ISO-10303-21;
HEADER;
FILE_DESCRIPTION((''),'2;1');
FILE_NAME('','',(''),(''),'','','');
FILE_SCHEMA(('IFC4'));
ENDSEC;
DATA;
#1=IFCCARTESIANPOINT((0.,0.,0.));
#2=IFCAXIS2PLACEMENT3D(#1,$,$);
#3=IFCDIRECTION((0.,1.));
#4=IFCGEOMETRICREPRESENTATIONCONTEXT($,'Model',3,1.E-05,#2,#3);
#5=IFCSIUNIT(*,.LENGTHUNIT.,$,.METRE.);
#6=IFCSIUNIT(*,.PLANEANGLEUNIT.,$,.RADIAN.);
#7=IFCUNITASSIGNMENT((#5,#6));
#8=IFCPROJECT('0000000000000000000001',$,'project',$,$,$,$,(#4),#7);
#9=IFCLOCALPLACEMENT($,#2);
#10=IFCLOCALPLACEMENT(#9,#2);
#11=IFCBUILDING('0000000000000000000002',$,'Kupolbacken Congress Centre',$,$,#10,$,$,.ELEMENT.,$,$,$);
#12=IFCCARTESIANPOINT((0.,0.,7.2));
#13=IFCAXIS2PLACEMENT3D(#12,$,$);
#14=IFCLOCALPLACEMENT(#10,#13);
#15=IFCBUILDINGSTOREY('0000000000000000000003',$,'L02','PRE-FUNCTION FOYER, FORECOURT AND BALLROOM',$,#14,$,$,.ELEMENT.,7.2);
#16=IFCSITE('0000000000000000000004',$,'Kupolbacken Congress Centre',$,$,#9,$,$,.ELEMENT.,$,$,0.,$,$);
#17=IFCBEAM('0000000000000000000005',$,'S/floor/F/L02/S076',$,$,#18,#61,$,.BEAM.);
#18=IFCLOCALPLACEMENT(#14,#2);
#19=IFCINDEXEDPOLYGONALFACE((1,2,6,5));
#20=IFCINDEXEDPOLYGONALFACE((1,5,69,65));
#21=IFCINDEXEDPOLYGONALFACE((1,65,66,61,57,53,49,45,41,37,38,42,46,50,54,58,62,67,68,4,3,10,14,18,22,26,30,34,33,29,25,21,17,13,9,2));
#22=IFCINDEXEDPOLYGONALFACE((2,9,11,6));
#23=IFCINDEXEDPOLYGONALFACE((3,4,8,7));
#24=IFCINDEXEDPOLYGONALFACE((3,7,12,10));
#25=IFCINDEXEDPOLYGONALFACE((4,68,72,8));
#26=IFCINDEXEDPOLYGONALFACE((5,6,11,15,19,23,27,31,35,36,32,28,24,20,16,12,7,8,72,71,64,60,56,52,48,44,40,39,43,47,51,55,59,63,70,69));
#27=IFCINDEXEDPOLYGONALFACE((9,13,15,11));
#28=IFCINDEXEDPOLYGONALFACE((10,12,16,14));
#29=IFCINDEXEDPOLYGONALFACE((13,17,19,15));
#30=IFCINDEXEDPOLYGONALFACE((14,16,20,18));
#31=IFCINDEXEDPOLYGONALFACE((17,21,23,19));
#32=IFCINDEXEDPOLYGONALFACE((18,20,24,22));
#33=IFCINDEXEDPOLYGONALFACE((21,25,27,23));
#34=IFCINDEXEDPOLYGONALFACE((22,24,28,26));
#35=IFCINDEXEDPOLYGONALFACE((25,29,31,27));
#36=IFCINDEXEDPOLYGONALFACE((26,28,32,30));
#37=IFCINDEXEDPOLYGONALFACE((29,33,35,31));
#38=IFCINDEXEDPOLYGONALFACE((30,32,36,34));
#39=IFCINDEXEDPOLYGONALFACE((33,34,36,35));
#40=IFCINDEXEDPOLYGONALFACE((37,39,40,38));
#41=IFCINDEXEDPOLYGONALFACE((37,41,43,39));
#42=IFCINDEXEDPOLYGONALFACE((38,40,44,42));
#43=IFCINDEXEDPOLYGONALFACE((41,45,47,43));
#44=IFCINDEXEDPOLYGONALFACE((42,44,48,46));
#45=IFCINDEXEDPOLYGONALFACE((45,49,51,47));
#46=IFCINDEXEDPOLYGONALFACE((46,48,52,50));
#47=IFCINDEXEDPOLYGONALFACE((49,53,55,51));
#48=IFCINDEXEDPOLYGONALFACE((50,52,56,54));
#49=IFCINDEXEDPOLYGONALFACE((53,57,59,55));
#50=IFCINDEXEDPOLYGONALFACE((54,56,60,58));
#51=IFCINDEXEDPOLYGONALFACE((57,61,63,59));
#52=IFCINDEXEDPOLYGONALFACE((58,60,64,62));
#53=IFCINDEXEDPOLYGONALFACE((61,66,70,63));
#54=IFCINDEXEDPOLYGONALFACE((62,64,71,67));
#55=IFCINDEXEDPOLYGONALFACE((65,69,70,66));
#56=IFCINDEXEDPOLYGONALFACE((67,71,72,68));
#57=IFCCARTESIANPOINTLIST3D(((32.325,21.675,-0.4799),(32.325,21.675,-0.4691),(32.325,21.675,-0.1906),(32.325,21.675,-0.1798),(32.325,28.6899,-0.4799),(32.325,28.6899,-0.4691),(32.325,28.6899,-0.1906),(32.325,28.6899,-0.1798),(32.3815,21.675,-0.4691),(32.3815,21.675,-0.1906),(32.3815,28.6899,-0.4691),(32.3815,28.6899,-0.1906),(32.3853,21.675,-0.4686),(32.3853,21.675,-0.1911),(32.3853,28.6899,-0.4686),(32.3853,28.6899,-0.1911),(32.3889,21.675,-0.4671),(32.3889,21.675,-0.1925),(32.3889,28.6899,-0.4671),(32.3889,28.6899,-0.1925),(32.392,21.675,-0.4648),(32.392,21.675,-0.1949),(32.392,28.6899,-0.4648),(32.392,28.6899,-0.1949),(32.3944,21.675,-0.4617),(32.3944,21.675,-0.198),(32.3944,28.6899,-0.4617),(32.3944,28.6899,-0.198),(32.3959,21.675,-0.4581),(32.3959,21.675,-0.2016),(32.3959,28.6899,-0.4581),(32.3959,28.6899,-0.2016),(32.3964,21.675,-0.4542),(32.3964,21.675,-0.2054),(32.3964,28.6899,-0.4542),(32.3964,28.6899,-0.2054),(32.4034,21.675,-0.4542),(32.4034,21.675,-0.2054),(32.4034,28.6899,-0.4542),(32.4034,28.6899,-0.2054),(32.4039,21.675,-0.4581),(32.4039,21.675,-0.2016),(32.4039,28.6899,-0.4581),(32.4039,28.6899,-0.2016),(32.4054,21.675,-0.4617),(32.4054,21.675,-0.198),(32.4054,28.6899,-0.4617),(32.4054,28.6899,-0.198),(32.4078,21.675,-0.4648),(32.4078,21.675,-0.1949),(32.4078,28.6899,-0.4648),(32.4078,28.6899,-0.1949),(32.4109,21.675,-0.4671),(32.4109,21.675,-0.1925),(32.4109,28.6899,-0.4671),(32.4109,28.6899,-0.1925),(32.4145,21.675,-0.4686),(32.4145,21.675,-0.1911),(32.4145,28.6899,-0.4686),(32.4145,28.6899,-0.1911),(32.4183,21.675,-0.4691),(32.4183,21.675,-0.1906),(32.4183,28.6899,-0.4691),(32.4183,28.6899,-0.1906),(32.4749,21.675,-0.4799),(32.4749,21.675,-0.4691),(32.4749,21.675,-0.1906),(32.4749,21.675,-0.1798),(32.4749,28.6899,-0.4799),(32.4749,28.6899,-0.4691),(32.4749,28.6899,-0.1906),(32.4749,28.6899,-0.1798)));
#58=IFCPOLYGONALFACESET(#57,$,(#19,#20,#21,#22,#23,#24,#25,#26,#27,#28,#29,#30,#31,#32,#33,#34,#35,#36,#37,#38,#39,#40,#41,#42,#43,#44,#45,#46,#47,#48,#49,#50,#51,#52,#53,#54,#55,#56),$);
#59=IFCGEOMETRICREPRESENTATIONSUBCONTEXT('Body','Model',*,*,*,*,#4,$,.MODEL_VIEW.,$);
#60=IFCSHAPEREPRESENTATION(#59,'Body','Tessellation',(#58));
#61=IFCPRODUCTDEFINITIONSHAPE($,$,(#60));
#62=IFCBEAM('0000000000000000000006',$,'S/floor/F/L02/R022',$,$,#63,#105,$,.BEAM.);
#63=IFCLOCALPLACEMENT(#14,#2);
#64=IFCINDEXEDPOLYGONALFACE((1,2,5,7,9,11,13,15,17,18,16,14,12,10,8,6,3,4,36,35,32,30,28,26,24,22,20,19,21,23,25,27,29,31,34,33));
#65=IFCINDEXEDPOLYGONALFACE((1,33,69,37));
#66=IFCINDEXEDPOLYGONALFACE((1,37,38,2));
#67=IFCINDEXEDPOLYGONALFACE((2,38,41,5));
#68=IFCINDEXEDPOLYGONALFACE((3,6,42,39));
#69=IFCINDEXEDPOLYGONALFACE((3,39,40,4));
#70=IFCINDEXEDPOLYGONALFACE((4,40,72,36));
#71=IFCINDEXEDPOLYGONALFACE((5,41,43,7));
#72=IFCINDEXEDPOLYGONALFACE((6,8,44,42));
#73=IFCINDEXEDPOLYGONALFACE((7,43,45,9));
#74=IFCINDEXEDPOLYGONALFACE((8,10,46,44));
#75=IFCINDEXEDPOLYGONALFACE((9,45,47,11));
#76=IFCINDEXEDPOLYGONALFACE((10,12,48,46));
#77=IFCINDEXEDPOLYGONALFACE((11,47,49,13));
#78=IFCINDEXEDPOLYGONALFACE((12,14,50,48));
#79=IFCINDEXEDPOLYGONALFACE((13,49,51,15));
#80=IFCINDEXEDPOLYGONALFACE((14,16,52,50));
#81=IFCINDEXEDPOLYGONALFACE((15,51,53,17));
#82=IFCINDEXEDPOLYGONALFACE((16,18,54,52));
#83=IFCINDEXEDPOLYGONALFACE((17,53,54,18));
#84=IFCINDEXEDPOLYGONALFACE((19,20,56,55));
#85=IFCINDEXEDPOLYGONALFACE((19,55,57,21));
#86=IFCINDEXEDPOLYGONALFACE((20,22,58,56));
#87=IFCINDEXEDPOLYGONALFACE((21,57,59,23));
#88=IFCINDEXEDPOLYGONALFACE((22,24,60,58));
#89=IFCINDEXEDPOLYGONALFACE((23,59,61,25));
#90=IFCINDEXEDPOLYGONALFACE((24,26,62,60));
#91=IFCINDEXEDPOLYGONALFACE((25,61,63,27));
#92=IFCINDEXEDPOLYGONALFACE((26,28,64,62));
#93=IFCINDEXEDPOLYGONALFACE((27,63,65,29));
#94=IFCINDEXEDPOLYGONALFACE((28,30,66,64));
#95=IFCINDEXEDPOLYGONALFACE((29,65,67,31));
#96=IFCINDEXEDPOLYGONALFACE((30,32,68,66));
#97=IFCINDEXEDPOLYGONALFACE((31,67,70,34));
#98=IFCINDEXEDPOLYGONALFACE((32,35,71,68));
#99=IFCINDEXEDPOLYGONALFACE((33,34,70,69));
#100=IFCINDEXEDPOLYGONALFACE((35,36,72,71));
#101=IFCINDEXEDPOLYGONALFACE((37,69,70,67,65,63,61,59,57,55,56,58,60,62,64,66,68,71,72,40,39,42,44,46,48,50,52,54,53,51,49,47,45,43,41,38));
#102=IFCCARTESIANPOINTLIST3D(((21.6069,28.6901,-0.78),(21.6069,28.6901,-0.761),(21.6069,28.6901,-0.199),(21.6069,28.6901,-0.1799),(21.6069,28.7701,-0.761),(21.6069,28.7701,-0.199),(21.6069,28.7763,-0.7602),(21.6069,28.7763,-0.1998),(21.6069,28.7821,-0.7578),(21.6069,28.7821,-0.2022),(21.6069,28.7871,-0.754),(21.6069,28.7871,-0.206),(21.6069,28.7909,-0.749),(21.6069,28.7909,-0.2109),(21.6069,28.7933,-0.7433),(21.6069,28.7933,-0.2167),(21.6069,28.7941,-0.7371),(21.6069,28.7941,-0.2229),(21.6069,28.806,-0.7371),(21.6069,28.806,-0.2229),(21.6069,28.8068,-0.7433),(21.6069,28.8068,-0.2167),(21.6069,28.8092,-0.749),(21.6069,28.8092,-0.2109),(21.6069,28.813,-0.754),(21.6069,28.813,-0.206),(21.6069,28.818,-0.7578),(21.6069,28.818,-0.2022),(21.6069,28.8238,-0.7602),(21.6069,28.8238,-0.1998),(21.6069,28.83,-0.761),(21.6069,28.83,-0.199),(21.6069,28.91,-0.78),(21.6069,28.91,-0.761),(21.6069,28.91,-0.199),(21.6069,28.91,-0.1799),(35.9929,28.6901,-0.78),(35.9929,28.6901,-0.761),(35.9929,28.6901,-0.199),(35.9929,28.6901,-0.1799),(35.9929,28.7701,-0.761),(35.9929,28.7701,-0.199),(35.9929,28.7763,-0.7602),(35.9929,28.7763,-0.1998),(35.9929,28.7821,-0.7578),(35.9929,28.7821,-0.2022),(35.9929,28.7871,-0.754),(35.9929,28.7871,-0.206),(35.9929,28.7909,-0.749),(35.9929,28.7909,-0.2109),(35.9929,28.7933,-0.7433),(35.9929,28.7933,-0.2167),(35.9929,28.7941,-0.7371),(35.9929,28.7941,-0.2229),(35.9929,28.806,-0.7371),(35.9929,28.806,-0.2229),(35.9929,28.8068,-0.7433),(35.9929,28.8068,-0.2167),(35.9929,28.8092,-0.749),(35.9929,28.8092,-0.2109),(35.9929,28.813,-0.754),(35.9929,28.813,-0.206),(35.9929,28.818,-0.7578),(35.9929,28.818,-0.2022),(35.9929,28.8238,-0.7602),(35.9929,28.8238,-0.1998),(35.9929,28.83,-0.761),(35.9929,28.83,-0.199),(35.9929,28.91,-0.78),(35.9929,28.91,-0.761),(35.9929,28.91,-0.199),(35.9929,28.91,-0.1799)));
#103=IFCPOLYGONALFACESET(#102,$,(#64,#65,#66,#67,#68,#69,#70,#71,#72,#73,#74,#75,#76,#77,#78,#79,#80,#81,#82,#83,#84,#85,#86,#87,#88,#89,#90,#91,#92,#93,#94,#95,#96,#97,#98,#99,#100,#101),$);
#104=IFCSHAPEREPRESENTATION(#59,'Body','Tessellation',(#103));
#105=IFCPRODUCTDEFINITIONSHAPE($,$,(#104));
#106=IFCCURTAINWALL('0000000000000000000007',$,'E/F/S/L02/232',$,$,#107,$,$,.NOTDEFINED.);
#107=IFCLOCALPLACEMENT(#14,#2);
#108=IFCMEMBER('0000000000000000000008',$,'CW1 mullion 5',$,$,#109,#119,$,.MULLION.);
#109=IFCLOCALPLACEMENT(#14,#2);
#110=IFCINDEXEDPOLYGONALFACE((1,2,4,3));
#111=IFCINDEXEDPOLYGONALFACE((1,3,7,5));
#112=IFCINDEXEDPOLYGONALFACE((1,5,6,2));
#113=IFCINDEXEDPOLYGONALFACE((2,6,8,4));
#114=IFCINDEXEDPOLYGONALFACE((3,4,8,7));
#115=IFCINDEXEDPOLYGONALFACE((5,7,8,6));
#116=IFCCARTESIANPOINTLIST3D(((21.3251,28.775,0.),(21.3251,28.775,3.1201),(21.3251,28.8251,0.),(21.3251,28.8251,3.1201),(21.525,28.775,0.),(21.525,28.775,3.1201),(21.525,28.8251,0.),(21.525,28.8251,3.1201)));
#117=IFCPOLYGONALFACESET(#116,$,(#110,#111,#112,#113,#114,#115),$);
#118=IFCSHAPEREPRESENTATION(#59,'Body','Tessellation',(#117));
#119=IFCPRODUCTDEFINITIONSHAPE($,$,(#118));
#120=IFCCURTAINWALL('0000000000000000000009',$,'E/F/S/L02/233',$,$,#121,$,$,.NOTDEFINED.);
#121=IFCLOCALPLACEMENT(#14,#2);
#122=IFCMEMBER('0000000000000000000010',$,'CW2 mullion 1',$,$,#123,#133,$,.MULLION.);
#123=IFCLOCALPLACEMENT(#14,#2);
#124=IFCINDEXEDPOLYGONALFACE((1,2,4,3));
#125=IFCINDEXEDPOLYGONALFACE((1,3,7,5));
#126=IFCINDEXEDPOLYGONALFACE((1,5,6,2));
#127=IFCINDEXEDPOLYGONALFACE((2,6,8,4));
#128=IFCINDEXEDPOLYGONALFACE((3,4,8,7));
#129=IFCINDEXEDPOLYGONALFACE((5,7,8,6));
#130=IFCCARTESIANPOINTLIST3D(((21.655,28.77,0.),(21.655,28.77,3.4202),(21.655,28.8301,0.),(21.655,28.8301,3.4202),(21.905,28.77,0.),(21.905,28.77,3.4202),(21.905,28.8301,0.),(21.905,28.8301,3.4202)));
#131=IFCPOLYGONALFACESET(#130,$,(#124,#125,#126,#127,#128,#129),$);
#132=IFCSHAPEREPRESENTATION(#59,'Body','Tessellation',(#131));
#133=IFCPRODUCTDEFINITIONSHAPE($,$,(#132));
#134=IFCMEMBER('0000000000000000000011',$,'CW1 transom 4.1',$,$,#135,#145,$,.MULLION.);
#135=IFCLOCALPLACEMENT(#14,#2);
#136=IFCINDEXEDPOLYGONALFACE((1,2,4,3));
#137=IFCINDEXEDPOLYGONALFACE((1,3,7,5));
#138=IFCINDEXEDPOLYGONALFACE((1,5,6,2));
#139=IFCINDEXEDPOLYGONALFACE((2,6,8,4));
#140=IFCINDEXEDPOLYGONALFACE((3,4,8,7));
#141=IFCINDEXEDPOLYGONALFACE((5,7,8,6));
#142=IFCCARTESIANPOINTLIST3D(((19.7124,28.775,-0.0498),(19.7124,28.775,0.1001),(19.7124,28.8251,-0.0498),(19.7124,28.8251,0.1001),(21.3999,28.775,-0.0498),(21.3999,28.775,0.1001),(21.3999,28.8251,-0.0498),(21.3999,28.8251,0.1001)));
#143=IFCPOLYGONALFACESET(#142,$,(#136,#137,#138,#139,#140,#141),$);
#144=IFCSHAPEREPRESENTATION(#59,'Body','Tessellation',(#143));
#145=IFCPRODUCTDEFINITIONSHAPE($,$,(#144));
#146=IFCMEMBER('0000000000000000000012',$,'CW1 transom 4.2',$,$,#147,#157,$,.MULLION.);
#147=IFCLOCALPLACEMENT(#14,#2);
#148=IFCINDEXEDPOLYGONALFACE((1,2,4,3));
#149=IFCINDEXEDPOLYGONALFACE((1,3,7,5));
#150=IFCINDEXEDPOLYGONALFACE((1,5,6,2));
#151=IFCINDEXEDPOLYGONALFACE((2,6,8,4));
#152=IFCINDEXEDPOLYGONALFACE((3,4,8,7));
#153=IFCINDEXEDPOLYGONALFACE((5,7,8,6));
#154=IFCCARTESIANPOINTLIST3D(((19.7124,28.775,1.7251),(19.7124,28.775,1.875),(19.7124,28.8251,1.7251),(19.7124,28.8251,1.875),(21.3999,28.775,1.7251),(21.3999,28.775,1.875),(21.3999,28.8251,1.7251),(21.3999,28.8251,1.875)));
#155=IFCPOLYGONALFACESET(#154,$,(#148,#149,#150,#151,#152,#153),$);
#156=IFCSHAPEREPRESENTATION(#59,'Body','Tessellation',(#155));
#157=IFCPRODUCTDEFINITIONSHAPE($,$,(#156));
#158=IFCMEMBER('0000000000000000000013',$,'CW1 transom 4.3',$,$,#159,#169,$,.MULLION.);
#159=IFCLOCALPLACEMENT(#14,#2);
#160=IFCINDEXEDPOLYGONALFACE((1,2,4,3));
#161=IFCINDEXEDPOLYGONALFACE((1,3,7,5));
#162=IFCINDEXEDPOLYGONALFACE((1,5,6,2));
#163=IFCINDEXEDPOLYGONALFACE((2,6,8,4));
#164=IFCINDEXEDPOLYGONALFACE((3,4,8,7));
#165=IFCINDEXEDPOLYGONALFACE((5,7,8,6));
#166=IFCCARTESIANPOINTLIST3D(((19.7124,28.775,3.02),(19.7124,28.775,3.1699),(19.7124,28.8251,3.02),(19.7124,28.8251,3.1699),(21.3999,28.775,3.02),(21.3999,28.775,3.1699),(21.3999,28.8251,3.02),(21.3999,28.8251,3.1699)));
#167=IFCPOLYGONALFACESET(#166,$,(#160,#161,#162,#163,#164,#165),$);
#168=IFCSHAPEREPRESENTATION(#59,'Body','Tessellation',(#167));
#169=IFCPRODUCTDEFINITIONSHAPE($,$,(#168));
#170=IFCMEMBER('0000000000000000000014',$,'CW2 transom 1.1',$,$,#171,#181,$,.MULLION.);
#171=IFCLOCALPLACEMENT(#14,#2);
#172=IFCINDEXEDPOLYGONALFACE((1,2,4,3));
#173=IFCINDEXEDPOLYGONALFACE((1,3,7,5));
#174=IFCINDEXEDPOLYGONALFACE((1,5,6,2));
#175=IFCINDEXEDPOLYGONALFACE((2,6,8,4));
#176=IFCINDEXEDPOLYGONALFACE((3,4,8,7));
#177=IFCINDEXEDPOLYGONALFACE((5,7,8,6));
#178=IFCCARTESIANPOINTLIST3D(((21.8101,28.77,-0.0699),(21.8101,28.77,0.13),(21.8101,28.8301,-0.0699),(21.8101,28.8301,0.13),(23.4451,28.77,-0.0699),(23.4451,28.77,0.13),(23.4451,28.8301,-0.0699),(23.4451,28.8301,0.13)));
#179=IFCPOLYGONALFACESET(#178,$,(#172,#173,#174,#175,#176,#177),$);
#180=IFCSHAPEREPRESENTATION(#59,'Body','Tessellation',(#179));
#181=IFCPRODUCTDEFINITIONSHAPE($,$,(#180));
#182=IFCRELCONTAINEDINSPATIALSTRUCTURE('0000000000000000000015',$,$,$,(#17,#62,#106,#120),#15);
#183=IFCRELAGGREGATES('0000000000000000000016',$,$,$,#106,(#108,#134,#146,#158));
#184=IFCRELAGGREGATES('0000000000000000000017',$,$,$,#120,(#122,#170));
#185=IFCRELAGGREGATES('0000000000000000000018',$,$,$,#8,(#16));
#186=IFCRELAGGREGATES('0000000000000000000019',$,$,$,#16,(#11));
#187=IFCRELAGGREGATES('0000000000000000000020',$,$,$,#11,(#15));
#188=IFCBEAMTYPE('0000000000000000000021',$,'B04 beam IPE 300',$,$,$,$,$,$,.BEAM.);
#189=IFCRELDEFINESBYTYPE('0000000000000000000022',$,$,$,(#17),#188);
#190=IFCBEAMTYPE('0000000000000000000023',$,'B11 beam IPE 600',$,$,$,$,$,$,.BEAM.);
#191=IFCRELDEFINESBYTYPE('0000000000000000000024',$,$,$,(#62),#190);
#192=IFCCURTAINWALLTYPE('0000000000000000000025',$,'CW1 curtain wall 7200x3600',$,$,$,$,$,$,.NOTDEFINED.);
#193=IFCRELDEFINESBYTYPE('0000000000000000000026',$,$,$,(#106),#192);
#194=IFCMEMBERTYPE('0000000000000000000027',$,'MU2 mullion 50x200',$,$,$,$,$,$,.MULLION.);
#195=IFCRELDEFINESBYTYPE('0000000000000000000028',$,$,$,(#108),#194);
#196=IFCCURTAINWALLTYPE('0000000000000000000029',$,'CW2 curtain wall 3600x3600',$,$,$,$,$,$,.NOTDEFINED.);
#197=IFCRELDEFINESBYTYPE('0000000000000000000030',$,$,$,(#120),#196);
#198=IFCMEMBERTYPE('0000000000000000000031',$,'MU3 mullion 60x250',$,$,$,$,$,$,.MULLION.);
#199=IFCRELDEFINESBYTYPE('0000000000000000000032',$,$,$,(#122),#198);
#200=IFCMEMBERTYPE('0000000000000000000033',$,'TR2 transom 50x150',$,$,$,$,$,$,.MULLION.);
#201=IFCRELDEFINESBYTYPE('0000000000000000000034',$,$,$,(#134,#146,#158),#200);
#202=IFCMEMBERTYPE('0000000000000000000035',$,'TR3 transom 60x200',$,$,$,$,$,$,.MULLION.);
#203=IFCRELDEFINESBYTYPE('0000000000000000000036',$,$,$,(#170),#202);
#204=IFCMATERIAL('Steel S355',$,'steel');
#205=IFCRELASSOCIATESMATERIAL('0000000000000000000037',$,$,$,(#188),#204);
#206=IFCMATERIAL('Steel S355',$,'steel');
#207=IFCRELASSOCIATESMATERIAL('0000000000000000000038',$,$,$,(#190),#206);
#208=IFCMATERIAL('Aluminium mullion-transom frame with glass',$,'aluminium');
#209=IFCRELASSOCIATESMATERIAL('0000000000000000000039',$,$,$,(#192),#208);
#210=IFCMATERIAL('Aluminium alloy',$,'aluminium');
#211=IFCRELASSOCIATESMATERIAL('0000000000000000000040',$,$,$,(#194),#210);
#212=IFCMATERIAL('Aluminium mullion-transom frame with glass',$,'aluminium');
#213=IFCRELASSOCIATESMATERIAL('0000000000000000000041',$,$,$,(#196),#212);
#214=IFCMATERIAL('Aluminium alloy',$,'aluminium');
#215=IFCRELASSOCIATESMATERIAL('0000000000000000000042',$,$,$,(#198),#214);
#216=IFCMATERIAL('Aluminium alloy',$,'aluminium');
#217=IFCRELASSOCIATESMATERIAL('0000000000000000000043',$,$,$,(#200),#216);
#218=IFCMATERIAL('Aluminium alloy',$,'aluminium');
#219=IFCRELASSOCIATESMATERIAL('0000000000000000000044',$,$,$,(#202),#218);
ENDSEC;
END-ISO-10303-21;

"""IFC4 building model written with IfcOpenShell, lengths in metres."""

from ifc_helpers import new_model, si_unit, direction, frame, origin, origin_2d, place, context, subcontext, project, spatial, rectangle, i_section, extrude, material, material_profile, profile_set, type_object, element, aggregate, save


model = new_model("IFC4")

# Units and contexts
model_context = context("Model", 3, precision=1e-05, world=origin(), true_north=direction((0.0, 1.0)))
body_context = subcontext(model_context, "Body", "Model", "MODEL_VIEW")
ifc_project = project(units=[si_unit("LENGTHUNIT", "METRE"), si_unit("PLANEANGLEUNIT", "RADIAN")], contexts=[model_context])

# Site, building, storey
site_placement = place(None, origin())
site = spatial("IfcSite", under=ifc_project, at=site_placement, Name="Kupolbacken Congress Centre", CompositionType="ELEMENT", RefElevation=0.0)
building_placement = place(site_placement, origin())
building = spatial("IfcBuilding", under=site, at=building_placement, Name="Kupolbacken Congress Centre", CompositionType="ELEMENT")
storey_placement = place(building_placement, frame((0.0, 0.0, 7.2)))
storey = spatial("IfcBuildingStorey", under=building, at=storey_placement, Name="L02", Description="PRE-FUNCTION FOYER, FORECOURT AND BALLROOM", CompositionType="ELEMENT", Elevation=7.2)

# Beams
ifc_material_1 = material(Name="Steel S355", Category="steel")
ifc_material_profile_1 = material_profile(ifc_material_1, i_section(OverallWidth=0.1499, OverallDepth=0.3, WebThickness=0.0071, FlangeThickness=0.0107, FilletRadius=0.0149, at=origin_2d()), Name="IPE 300")
ifc_profile_set_1 = profile_set([ifc_material_profile_1], Name="Steel S355")
beam_type_1 = type_object("IfcBeamType", Name="B04 beam IPE 300", PredefinedType="BEAM", material=ifc_profile_set_1)
beam_1_placement = place(storey_placement, frame((32.3999, 21.675, -0.3298), z_axis=(0.0, 1.0, 0.0), x_axis=(-1.0, 0.0, 0.0)))
element("IfcBeam", 1, at=beam_1_placement, inside=storey, type_object=beam_type_1, Name="S/floor/F/L02/S076", PredefinedType="BEAM", context=body_context, shape_type="SweptSolid", body=[
    extrude(i_section(OverallWidth=0.1499, OverallDepth=0.3, WebThickness=0.0071, FlangeThickness=0.0107, FilletRadius=0.0149, at=origin_2d()), origin(), (0.0, 0.0, 1.0), 7.0149),
])
ifc_material_2 = material(Name="Steel S355", Category="steel")
ifc_material_profile_2 = material_profile(ifc_material_2, i_section(OverallWidth=0.22, OverallDepth=0.6001, WebThickness=0.012, FlangeThickness=0.019, FilletRadius=0.0239, at=origin_2d()), Name="IPE 600")
ifc_profile_set_2 = profile_set([ifc_material_profile_2], Name="Steel S355")
beam_type_2 = type_object("IfcBeamType", Name="B11 beam IPE 600", PredefinedType="BEAM", material=ifc_profile_set_2)
beam_2_placement = place(storey_placement, frame((21.6069, 28.8, -0.48), z_axis=(1.0, 0.0, 0.0), x_axis=(0.0, 1.0, 0.0)))
element("IfcBeam", 2, at=beam_2_placement, inside=storey, type_object=beam_type_2, Name="S/floor/F/L02/R022", PredefinedType="BEAM", context=body_context, shape_type="SweptSolid", body=[
    extrude(i_section(OverallWidth=0.22, OverallDepth=0.6001, WebThickness=0.012, FlangeThickness=0.019, FilletRadius=0.0239, at=origin_2d()), origin(), (0.0, 0.0, 1.0), 14.386),
])

# Curtain walls, members
ifc_material_3 = material(Name="Aluminium mullion-transom frame with glass", Category="aluminium")
curtain_wall_type_1 = type_object("IfcCurtainWallType", Name="CW1 curtain wall 7200x3600", PredefinedType="NOTDEFINED", material=ifc_material_3)
curtain_wall_1_placement = place(storey_placement, origin())
curtain_wall_1 = element("IfcCurtainWall", 3, at=curtain_wall_1_placement, inside=storey, type_object=curtain_wall_type_1, Name="E/F/S/L02/232", PredefinedType="NOTDEFINED")
ifc_material_4 = material(Name="Aluminium alloy", Category="aluminium")
ifc_material_profile_3 = material_profile(ifc_material_4, rectangle(XDim=0.05, YDim=0.2, at=origin_2d()), Name="50 x 200")
ifc_profile_set_3 = profile_set([ifc_material_profile_3], Name="Aluminium alloy")
member_type_1 = type_object("IfcMemberType", Name="MU2 mullion 50x200", PredefinedType="MULLION", material=ifc_profile_set_3)
member_1_placement = place(storey_placement, frame((21.425, 28.8, 0.0), z_axis=(0.0, 0.0, 1.0), x_axis=(0.0, 1.0, 0.0)))
member_1 = element("IfcMember", 4, at=member_1_placement, type_object=member_type_1, Name="CW1 mullion 5", PredefinedType="MULLION", context=body_context, shape_type="SweptSolid", body=[
    extrude(rectangle(XDim=0.05, YDim=0.2, at=origin_2d()), origin(), (0.0, 0.0, 1.0), 3.1201),
])
ifc_material_5 = material(Name="Aluminium mullion-transom frame with glass", Category="aluminium")
curtain_wall_type_2 = type_object("IfcCurtainWallType", Name="CW2 curtain wall 3600x3600", PredefinedType="NOTDEFINED", material=ifc_material_5)
curtain_wall_2_placement = place(storey_placement, origin())
curtain_wall_2 = element("IfcCurtainWall", 5, at=curtain_wall_2_placement, inside=storey, type_object=curtain_wall_type_2, Name="E/F/S/L02/233", PredefinedType="NOTDEFINED")
ifc_material_6 = material(Name="Aluminium alloy", Category="aluminium")
ifc_material_profile_4 = material_profile(ifc_material_6, rectangle(XDim=0.0601, YDim=0.25, at=origin_2d()), Name="60 x 250")
ifc_profile_set_4 = profile_set([ifc_material_profile_4], Name="Aluminium alloy")
member_type_2 = type_object("IfcMemberType", Name="MU3 mullion 60x250", PredefinedType="MULLION", material=ifc_profile_set_4)
member_2_placement = place(storey_placement, frame((21.78, 28.8, 0.0), z_axis=(0.0, 0.0, 1.0), x_axis=(0.0, 1.0, 0.0)))
member_2 = element("IfcMember", 6, at=member_2_placement, type_object=member_type_2, Name="CW2 mullion 1", PredefinedType="MULLION", context=body_context, shape_type="SweptSolid", body=[
    extrude(rectangle(XDim=0.0601, YDim=0.25, at=origin_2d()), origin(), (0.0, 0.0, 1.0), 3.4202),
])

# Members
ifc_material_7 = material(Name="Aluminium alloy", Category="aluminium")
ifc_material_profile_5 = material_profile(ifc_material_7, rectangle(XDim=0.05, YDim=0.1499, at=origin_2d()), Name="50 x 150")
ifc_profile_set_5 = profile_set([ifc_material_profile_5], Name="Aluminium alloy")
member_type_3 = type_object("IfcMemberType", Name="TR2 transom 50x150", PredefinedType="MULLION", material=ifc_profile_set_5)
member_3_placement = place(storey_placement, frame((19.7124, 28.8, 0.0251), z_axis=(1.0, 0.0, 0.0), x_axis=(0.0, 1.0, 0.0)))
member_3 = element("IfcMember", 7, at=member_3_placement, type_object=member_type_3, Name="CW1 transom 4.1", PredefinedType="MULLION", context=body_context, shape_type="SweptSolid", body=[
    extrude(rectangle(XDim=0.05, YDim=0.1499, at=origin_2d()), origin(), (0.0, 0.0, 1.0), 1.6875),
])
member_4_placement = place(storey_placement, frame((19.7124, 28.8, 1.8), z_axis=(1.0, 0.0, 0.0), x_axis=(0.0, 1.0, 0.0)))
member_4 = element("IfcMember", 8, at=member_4_placement, type_object=member_type_3, Name="CW1 transom 4.2", PredefinedType="MULLION", context=body_context, shape_type="SweptSolid", body=[
    extrude(rectangle(XDim=0.05, YDim=0.1499, at=origin_2d()), origin(), (0.0, 0.0, 1.0), 1.6875),
])
member_5_placement = place(storey_placement, frame((19.7124, 28.8, 3.095), z_axis=(1.0, 0.0, 0.0), x_axis=(0.0, 1.0, 0.0)))
member_5 = element("IfcMember", 9, at=member_5_placement, type_object=member_type_3, Name="CW1 transom 4.3", PredefinedType="MULLION", context=body_context, shape_type="SweptSolid", body=[
    extrude(rectangle(XDim=0.05, YDim=0.1499, at=origin_2d()), origin(), (0.0, 0.0, 1.0), 1.6875),
])
ifc_material_8 = material(Name="Aluminium alloy", Category="aluminium")
ifc_material_profile_6 = material_profile(ifc_material_8, rectangle(XDim=0.0601, YDim=0.2, at=origin_2d()), Name="60 x 200")
ifc_profile_set_6 = profile_set([ifc_material_profile_6], Name="Aluminium alloy")
member_type_4 = type_object("IfcMemberType", Name="TR3 transom 60x200", PredefinedType="MULLION", material=ifc_profile_set_6)
member_6_placement = place(storey_placement, frame((21.8101, 28.8, 0.03), z_axis=(1.0, 0.0, 0.0), x_axis=(0.0, 1.0, 0.0)))
member_6 = element("IfcMember", 10, at=member_6_placement, type_object=member_type_4, Name="CW2 transom 1.1", PredefinedType="MULLION", context=body_context, shape_type="SweptSolid", body=[
    extrude(rectangle(XDim=0.0601, YDim=0.2, at=origin_2d()), origin(), (0.0, 0.0, 1.0), 1.635),
])

aggregate(curtain_wall_1, [member_1, member_3, member_4, member_5])
aggregate(curtain_wall_2, [member_2, member_6])

save(model, "model.ifc")
